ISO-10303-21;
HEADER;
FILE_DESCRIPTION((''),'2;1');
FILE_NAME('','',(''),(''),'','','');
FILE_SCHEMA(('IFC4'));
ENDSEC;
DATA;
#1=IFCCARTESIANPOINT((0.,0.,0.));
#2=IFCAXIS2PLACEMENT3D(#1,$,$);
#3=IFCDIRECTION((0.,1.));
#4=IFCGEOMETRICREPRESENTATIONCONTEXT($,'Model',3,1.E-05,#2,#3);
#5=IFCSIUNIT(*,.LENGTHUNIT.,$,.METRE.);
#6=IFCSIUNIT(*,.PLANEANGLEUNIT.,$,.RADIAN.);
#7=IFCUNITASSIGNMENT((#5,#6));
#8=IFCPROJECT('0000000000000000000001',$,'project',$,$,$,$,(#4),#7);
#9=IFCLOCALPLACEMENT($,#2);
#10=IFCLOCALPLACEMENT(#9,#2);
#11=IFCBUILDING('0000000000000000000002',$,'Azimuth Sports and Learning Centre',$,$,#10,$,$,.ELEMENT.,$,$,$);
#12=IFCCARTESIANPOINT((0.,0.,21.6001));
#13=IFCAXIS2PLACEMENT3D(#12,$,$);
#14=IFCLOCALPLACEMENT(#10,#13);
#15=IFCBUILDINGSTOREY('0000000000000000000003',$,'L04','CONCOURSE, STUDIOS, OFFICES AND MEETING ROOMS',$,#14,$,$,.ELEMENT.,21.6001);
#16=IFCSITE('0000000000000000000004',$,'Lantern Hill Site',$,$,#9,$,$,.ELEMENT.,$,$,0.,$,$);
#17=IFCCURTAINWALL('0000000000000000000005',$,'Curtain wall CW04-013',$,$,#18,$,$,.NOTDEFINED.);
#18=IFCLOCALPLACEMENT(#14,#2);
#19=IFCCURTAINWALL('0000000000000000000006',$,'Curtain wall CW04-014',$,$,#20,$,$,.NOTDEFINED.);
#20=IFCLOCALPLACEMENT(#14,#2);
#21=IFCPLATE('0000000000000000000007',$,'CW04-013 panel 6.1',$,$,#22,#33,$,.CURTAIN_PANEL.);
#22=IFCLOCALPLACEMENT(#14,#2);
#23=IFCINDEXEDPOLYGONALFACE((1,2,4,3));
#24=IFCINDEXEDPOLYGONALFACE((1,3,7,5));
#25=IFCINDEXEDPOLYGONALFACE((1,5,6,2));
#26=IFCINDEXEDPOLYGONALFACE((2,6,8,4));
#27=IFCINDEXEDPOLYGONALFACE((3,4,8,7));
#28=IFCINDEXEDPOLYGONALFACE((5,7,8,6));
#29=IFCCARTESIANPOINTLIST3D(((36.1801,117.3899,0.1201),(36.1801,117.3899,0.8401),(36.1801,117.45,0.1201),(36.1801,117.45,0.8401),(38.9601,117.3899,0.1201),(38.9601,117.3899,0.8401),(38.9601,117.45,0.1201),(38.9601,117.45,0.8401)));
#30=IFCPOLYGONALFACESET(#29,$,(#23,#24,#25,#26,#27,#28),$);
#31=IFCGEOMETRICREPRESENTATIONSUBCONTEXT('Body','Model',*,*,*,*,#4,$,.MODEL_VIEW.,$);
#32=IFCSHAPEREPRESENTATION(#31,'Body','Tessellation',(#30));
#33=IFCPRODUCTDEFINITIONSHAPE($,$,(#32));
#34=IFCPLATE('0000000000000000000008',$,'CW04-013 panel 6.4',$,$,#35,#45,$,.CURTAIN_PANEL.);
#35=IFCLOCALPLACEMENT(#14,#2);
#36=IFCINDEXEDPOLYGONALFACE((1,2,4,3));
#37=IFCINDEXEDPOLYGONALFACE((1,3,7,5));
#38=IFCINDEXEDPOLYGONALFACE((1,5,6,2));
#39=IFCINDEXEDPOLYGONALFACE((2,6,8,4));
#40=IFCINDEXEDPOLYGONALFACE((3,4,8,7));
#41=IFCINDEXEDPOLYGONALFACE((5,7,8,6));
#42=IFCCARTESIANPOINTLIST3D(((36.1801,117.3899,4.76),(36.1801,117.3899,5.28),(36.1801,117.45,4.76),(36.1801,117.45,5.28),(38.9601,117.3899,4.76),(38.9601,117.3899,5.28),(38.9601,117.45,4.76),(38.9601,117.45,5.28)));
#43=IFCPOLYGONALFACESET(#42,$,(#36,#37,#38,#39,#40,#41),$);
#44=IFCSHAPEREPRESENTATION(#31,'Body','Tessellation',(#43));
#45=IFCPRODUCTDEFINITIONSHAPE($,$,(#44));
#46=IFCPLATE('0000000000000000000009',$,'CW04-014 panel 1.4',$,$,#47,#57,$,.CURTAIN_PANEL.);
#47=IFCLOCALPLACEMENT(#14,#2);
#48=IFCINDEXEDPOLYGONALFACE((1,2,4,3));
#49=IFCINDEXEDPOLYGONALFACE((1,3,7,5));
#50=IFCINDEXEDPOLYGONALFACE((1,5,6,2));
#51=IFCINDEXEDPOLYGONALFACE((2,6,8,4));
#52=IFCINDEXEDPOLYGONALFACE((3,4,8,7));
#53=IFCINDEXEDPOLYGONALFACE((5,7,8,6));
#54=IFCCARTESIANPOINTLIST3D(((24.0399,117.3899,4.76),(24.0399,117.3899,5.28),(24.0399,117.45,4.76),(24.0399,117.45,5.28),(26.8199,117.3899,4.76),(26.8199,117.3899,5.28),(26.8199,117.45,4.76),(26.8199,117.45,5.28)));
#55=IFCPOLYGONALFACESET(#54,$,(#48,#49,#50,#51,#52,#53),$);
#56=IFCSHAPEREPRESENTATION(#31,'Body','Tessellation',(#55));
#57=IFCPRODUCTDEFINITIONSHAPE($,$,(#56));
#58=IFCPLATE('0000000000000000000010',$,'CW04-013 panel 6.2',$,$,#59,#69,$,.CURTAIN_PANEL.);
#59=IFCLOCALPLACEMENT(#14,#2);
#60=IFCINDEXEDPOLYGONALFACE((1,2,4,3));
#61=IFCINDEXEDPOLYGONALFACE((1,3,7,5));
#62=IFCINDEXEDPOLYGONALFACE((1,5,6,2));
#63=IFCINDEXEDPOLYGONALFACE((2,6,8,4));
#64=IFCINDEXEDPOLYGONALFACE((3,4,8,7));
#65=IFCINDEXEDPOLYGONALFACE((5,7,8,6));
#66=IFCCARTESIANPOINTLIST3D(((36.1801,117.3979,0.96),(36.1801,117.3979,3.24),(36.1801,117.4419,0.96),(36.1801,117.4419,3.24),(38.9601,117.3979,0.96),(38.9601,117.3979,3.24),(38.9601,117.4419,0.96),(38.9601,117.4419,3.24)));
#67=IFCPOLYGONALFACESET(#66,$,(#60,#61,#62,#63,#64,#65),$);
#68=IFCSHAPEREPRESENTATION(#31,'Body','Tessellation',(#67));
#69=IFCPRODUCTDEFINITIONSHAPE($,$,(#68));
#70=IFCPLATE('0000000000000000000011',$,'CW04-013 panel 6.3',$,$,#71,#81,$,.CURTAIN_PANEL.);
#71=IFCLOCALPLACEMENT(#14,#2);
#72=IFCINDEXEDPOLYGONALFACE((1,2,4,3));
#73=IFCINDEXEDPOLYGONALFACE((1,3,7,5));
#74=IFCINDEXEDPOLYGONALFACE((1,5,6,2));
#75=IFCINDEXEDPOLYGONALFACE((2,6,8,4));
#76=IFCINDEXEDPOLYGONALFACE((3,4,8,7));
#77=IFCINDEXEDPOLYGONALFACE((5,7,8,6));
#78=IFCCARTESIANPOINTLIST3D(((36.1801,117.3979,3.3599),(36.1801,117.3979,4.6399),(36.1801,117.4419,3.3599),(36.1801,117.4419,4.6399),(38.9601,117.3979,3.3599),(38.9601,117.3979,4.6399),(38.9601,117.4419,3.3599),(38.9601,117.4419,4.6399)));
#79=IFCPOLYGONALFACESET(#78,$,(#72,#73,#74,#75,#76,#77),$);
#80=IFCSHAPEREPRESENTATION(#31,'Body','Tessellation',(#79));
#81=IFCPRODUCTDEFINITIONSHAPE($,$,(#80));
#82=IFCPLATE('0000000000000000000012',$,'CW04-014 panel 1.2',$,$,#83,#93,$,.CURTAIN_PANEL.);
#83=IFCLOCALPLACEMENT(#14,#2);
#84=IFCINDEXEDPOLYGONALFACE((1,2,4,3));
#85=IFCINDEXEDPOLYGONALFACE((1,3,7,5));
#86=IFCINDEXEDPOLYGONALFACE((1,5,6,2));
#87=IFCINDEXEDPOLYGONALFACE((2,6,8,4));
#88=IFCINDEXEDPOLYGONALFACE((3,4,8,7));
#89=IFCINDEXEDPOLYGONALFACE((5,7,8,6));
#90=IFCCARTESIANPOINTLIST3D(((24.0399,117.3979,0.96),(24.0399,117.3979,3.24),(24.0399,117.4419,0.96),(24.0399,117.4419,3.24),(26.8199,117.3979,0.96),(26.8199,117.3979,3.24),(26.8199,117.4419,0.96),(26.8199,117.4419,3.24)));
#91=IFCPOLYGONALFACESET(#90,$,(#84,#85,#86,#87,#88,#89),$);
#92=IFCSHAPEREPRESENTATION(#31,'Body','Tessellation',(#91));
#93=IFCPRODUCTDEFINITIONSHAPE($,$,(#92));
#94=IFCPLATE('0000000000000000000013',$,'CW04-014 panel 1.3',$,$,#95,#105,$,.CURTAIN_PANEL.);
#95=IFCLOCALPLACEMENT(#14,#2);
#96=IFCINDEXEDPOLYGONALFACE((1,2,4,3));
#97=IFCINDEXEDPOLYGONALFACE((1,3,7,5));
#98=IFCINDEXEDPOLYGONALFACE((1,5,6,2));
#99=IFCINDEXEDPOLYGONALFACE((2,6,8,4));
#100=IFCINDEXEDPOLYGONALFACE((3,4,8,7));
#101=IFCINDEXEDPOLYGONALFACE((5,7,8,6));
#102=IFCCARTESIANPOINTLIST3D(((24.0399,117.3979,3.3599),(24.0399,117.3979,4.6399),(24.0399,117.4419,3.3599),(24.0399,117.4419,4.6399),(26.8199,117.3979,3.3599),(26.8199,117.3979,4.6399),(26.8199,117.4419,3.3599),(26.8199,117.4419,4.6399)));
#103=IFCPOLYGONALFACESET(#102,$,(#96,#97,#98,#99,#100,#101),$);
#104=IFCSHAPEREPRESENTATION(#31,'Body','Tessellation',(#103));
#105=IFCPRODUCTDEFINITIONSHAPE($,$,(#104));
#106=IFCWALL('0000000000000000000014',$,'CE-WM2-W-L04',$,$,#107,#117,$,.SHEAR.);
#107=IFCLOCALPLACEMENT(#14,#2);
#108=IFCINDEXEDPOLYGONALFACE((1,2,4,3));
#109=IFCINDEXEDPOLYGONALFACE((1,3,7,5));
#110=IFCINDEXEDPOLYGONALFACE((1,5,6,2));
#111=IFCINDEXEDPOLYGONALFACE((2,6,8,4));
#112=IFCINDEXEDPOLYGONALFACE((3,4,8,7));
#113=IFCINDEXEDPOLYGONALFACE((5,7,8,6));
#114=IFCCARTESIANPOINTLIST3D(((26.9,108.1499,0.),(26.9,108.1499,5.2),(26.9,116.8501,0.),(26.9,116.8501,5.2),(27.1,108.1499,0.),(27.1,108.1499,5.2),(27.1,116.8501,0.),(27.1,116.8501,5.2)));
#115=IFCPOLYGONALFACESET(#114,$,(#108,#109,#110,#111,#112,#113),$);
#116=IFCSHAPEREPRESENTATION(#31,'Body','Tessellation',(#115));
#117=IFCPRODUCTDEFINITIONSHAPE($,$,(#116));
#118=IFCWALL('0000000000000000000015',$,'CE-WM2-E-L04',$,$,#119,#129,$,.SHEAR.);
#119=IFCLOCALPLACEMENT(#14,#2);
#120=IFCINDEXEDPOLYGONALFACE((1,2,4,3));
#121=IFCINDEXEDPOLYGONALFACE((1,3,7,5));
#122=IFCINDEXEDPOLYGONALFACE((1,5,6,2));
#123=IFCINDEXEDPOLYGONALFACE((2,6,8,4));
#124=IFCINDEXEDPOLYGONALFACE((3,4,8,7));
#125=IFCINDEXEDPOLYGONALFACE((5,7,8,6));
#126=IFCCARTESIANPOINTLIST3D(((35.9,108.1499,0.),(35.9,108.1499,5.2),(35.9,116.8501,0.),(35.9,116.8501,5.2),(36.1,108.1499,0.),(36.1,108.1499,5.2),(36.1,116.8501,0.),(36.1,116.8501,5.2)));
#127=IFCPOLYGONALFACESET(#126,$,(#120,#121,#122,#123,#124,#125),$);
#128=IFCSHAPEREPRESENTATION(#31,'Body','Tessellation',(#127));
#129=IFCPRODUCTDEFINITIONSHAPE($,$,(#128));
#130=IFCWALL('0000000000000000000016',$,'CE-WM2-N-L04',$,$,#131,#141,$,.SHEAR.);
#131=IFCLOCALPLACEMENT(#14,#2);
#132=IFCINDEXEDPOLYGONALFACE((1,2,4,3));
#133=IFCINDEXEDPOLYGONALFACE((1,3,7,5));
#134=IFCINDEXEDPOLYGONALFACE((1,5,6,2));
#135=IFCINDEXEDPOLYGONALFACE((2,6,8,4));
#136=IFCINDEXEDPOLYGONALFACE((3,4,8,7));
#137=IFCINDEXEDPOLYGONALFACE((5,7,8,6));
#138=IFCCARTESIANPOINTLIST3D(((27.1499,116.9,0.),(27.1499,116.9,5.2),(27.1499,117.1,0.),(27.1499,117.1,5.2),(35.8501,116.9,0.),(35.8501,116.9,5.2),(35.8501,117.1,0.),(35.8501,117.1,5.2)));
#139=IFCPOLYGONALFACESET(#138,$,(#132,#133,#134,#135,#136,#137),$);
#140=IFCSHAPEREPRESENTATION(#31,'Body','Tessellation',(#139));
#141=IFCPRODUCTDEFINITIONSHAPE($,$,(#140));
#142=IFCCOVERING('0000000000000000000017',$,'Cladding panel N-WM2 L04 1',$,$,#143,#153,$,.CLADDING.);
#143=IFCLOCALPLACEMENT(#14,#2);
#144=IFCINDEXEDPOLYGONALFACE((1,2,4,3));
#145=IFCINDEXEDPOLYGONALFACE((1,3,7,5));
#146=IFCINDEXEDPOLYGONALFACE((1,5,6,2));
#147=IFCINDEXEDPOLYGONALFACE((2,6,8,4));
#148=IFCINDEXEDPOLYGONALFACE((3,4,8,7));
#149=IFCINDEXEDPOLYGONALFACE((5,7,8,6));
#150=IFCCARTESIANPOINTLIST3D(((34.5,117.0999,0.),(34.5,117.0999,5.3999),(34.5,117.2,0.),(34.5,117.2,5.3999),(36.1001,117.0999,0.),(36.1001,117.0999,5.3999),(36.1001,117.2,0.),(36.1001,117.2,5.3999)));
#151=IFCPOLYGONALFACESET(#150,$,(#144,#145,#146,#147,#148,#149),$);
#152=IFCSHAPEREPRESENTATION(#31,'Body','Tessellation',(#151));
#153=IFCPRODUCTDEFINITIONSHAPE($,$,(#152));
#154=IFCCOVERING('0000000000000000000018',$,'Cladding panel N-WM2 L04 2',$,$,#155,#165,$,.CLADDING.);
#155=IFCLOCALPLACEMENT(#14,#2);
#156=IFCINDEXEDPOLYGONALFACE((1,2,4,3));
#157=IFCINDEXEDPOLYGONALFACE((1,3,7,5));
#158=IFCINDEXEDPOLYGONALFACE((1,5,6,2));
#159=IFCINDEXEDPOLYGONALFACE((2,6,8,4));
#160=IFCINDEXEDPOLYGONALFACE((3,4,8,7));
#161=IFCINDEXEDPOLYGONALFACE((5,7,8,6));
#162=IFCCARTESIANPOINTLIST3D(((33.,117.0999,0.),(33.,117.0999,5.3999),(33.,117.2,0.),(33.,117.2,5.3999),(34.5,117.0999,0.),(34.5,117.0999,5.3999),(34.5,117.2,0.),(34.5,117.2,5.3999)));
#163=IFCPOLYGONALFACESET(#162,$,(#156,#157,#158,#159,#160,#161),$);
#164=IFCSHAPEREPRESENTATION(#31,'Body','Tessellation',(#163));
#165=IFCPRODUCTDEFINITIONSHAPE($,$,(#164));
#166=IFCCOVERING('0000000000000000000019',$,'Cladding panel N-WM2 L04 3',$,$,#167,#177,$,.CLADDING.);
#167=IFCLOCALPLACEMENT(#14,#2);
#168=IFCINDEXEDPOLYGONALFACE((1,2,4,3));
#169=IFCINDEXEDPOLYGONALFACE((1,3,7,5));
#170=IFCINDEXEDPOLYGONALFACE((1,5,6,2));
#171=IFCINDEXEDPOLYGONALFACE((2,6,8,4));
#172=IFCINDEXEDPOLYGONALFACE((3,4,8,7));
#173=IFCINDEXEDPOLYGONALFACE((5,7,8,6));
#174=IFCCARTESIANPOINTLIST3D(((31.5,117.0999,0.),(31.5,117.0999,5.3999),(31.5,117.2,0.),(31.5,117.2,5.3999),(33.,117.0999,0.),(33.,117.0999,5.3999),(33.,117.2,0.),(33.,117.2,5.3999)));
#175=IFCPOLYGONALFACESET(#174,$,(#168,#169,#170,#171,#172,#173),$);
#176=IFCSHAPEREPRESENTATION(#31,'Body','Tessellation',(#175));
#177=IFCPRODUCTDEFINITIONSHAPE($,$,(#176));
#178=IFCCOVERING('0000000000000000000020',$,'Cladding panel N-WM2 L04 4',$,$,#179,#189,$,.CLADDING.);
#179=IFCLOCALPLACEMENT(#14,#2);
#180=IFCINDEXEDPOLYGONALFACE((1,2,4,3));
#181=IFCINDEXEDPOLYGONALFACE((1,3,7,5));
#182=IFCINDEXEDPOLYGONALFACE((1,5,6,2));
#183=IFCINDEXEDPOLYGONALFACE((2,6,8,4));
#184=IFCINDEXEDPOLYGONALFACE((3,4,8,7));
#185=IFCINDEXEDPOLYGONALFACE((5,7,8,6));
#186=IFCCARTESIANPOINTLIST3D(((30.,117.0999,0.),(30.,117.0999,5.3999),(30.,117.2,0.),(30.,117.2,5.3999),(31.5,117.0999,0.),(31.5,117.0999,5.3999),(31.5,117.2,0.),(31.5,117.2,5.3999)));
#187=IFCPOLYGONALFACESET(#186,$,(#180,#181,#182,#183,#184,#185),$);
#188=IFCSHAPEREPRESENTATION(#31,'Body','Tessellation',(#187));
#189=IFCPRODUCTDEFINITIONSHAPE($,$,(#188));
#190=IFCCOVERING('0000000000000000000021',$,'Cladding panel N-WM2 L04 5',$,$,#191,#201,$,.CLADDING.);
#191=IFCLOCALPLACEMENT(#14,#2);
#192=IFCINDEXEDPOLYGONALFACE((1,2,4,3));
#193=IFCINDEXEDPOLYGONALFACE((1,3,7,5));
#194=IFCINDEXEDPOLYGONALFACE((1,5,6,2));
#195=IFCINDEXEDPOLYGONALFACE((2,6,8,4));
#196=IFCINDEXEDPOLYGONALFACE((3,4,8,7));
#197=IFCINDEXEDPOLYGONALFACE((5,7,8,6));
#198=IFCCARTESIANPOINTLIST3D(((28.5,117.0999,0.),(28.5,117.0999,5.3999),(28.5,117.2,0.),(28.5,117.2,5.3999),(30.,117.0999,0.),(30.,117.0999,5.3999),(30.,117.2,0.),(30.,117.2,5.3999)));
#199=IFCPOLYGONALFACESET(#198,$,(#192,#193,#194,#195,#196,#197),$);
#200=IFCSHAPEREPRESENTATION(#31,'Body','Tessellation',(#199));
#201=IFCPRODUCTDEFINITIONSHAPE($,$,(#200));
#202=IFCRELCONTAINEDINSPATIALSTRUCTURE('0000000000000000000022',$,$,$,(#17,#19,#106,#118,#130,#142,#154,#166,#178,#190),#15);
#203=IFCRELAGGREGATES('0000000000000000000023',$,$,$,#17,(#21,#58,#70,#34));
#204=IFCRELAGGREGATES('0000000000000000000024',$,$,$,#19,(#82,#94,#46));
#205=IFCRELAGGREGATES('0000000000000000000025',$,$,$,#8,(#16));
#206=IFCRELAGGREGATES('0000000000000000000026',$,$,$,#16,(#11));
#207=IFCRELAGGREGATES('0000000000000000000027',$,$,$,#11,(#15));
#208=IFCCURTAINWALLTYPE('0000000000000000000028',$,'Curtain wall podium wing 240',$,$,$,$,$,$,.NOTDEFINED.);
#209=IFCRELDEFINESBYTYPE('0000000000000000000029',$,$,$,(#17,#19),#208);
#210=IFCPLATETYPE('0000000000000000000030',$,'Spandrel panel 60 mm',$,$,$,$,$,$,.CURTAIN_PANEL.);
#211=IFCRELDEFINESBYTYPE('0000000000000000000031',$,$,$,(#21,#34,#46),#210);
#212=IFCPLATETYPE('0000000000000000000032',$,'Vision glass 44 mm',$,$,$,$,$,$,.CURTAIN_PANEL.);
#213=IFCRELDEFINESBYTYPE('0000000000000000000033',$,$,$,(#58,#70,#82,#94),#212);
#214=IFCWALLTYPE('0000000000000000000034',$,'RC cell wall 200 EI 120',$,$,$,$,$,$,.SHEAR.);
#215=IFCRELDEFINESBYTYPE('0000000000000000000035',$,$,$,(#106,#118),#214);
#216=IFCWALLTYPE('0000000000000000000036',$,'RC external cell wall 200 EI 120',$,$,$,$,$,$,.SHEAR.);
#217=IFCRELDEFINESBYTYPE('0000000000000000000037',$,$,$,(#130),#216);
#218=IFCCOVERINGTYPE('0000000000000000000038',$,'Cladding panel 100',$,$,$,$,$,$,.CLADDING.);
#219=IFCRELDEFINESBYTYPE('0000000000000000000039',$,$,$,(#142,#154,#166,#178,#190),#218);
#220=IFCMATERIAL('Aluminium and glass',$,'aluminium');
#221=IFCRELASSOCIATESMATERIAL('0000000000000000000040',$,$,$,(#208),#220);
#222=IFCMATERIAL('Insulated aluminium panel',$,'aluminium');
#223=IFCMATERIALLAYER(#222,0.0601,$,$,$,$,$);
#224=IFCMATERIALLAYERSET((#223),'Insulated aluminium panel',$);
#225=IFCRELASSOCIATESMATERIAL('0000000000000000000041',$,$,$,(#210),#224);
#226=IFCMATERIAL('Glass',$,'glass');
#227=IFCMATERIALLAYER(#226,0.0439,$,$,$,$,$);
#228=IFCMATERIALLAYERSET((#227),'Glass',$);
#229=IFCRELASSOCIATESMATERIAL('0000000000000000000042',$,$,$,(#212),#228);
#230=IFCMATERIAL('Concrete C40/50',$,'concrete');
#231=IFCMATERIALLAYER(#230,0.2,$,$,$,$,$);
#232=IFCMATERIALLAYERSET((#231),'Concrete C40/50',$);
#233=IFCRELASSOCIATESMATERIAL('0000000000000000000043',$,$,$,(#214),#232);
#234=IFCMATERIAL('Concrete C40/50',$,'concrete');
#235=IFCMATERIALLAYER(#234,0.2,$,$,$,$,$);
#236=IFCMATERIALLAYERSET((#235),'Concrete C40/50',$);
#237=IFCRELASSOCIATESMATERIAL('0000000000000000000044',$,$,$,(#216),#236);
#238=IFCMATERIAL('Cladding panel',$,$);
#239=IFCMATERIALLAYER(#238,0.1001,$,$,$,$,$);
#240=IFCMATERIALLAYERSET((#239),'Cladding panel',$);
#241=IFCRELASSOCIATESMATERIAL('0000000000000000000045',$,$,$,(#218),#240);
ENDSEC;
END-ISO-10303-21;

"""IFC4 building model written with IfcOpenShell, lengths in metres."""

from ifc_helpers import new_model, si_unit, direction, frame, frame_2d, origin, origin_2d, place, context, subcontext, project, spatial, rectangle, extrude, material, layer, layer_set, type_object, element, aggregate, save


model = new_model("IFC4")

# Units and contexts
model_context = context("Model", 3, precision=1e-05, world=origin(), true_north=direction((0.0, 1.0)))
body_context = subcontext(model_context, "Body", "Model", "MODEL_VIEW")
ifc_project = project(units=[si_unit("LENGTHUNIT", "METRE"), si_unit("PLANEANGLEUNIT", "RADIAN")], contexts=[model_context])

# Site, building, storey
site_placement = place(None, origin())
site = spatial("IfcSite", under=ifc_project, at=site_placement, Name="Lantern Hill Site", CompositionType="ELEMENT", RefElevation=0.0)
building_placement = place(site_placement, origin())
building = spatial("IfcBuilding", under=site, at=building_placement, Name="Azimuth Sports and Learning Centre", CompositionType="ELEMENT")
storey_placement = place(building_placement, frame((0.0, 0.0, 21.6001)))
storey = spatial("IfcBuildingStorey", under=building, at=storey_placement, Name="L04", Description="CONCOURSE, STUDIOS, OFFICES AND MEETING ROOMS", CompositionType="ELEMENT", Elevation=21.6001)

# Curtain wall
ifc_material_1 = material(Name="Aluminium and glass", Category="aluminium")
curtain_wall_type = type_object("IfcCurtainWallType", Name="Curtain wall podium wing 240", PredefinedType="NOTDEFINED", material=ifc_material_1)
curtain_wall_1_placement = place(storey_placement, origin())
curtain_wall_1 = element("IfcCurtainWall", 1, at=curtain_wall_1_placement, inside=storey, type_object=curtain_wall_type, Name="Curtain wall CW04-013", PredefinedType="NOTDEFINED")

# Curtain wall
curtain_wall_2_placement = place(storey_placement, origin())
curtain_wall_2 = element("IfcCurtainWall", 2, at=curtain_wall_2_placement, inside=storey, type_object=curtain_wall_type, Name="Curtain wall CW04-014", PredefinedType="NOTDEFINED")

# Plates
ifc_material_2 = material(Name="Insulated aluminium panel", Category="aluminium")
ifc_layer_1 = layer(ifc_material_2, 0.0601)
ifc_layer_set_1 = layer_set([ifc_layer_1], Name="Insulated aluminium panel")
plate_type_1 = type_object("IfcPlateType", Name="Spandrel panel 60 mm", PredefinedType="CURTAIN_PANEL", material=ifc_layer_set_1)
plate_1_placement = place(storey_placement, frame((37.5701, 117.4199, 0.1201), z_axis=(0.0, 0.0, 1.0), x_axis=(-1.0, 0.0, 0.0)))
plate_1 = element("IfcPlate", 3, at=plate_1_placement, type_object=plate_type_1, Name="CW04-013 panel 6.1", PredefinedType="CURTAIN_PANEL", context=body_context, shape_type="SweptSolid", body=[
    extrude(rectangle(XDim=2.78, YDim=0.0601, at=origin_2d()), origin(), (0.0, 0.0, 1.0), 0.72),
])
plate_2_placement = place(storey_placement, frame((37.5701, 117.4199, 4.76), z_axis=(0.0, 0.0, 1.0), x_axis=(-1.0, 0.0, 0.0)))
plate_2 = element("IfcPlate", 4, at=plate_2_placement, type_object=plate_type_1, Name="CW04-013 panel 6.4", PredefinedType="CURTAIN_PANEL", context=body_context, shape_type="SweptSolid", body=[
    extrude(rectangle(XDim=2.78, YDim=0.0601, at=origin_2d()), origin(), (0.0, 0.0, 1.0), 0.52),
])
plate_3_placement = place(storey_placement, frame((25.4299, 117.4199, 4.76), z_axis=(0.0, 0.0, 1.0), x_axis=(-1.0, 0.0, 0.0)))
plate_3 = element("IfcPlate", 5, at=plate_3_placement, type_object=plate_type_1, Name="CW04-014 panel 1.4", PredefinedType="CURTAIN_PANEL", context=body_context, shape_type="SweptSolid", body=[
    extrude(rectangle(XDim=2.78, YDim=0.0601, at=origin_2d()), origin(), (0.0, 0.0, 1.0), 0.52),
])
ifc_material_3 = material(Name="Glass", Category="glass")
ifc_layer_2 = layer(ifc_material_3, 0.0439)
ifc_layer_set_2 = layer_set([ifc_layer_2], Name="Glass")
plate_type_2 = type_object("IfcPlateType", Name="Vision glass 44 mm", PredefinedType="CURTAIN_PANEL", material=ifc_layer_set_2)
plate_4_placement = place(storey_placement, frame((37.5701, 117.4199, 0.96), z_axis=(0.0, 0.0, 1.0), x_axis=(-1.0, 0.0, 0.0)))
plate_4 = element("IfcPlate", 6, at=plate_4_placement, type_object=plate_type_2, Name="CW04-013 panel 6.2", PredefinedType="CURTAIN_PANEL", context=body_context, shape_type="SweptSolid", body=[
    extrude(rectangle(XDim=2.78, YDim=0.0439, at=origin_2d()), origin(), (0.0, 0.0, 1.0), 2.28),
])
plate_5_placement = place(storey_placement, frame((37.5701, 117.4199, 3.3599), z_axis=(0.0, 0.0, 1.0), x_axis=(-1.0, 0.0, 0.0)))
plate_5 = element("IfcPlate", 7, at=plate_5_placement, type_object=plate_type_2, Name="CW04-013 panel 6.3", PredefinedType="CURTAIN_PANEL", context=body_context, shape_type="SweptSolid", body=[
    extrude(rectangle(XDim=2.78, YDim=0.0439, at=origin_2d()), origin(), (0.0, 0.0, 1.0), 1.28),
])
aggregate(curtain_wall_1, [plate_1, plate_4, plate_5, plate_2])
plate_6_placement = place(storey_placement, frame((25.4299, 117.4199, 0.96), z_axis=(0.0, 0.0, 1.0), x_axis=(-1.0, 0.0, 0.0)))
plate_6 = element("IfcPlate", 8, at=plate_6_placement, type_object=plate_type_2, Name="CW04-014 panel 1.2", PredefinedType="CURTAIN_PANEL", context=body_context, shape_type="SweptSolid", body=[
    extrude(rectangle(XDim=2.78, YDim=0.0439, at=origin_2d()), origin(), (0.0, 0.0, 1.0), 2.28),
])
plate_7_placement = place(storey_placement, frame((25.4299, 117.4199, 3.3599), z_axis=(0.0, 0.0, 1.0), x_axis=(-1.0, 0.0, 0.0)))
plate_7 = element("IfcPlate", 9, at=plate_7_placement, type_object=plate_type_2, Name="CW04-014 panel 1.3", PredefinedType="CURTAIN_PANEL", context=body_context, shape_type="SweptSolid", body=[
    extrude(rectangle(XDim=2.78, YDim=0.0439, at=origin_2d()), origin(), (0.0, 0.0, 1.0), 1.28),
])
aggregate(curtain_wall_2, [plate_6, plate_7, plate_3])

# Walls
ifc_material_4 = material(Name="Concrete C40/50", Category="concrete")
ifc_layer_3 = layer(ifc_material_4, 0.2)
ifc_layer_set_3 = layer_set([ifc_layer_3], Name="Concrete C40/50")
wall_type_1 = type_object("IfcWallType", Name="RC cell wall 200 EI 120", PredefinedType="SHEAR", material=ifc_layer_set_3)
for number, where, z_axis, x_axis, name in (
    (10, (27.0, 108.1499, 0.0), (0.0, 0.0, 1.0), (0.0, 1.0, 0.0), "CE-WM2-W-L04"),
    (11, (36.0, 108.1499, 0.0), (0.0, 0.0, 1.0), (0.0, 1.0, 0.0), "CE-WM2-E-L04"),
):
    element("IfcWall", number, at=place(storey_placement, frame(where, z_axis=z_axis, x_axis=x_axis)), inside=storey, type_object=wall_type_1, Name=name, PredefinedType="SHEAR", context=body_context, shape_type="SweptSolid", body=[
        extrude(rectangle(XDim=8.7002, YDim=0.2, at=frame_2d((4.3501, 0.0))), origin(), (0.0, 0.0, 1.0), 5.2),
    ])
ifc_material_5 = material(Name="Concrete C40/50", Category="concrete")
ifc_layer_4 = layer(ifc_material_5, 0.2)
ifc_layer_set_4 = layer_set([ifc_layer_4], Name="Concrete C40/50")
wall_type_2 = type_object("IfcWallType", Name="RC external cell wall 200 EI 120", PredefinedType="SHEAR", material=ifc_layer_set_4)
wall_placement = place(storey_placement, frame((27.1499, 117.0, 0.0), z_axis=(0.0, 0.0, 1.0), x_axis=(1.0, 0.0, 0.0)))
element("IfcWall", 12, at=wall_placement, inside=storey, type_object=wall_type_2, Name="CE-WM2-N-L04", PredefinedType="SHEAR", context=body_context, shape_type="SweptSolid", body=[
    extrude(rectangle(XDim=8.7002, YDim=0.2, at=frame_2d((4.3501, 0.0))), origin(), (0.0, 0.0, 1.0), 5.2),
])

# Coverings
ifc_material_6 = material(Name="Cladding panel")
ifc_layer_5 = layer(ifc_material_6, 0.1001)
ifc_layer_set_5 = layer_set([ifc_layer_5], Name="Cladding panel")
covering_type = type_object("IfcCoveringType", Name="Cladding panel 100", PredefinedType="CLADDING", material=ifc_layer_set_5)
covering_1_placement = place(storey_placement, frame((35.3, 117.1499, 0.0), z_axis=(0.0, 0.0, 1.0), x_axis=(-1.0, 0.0, 0.0)))
element("IfcCovering", 13, at=covering_1_placement, inside=storey, type_object=covering_type, Name="Cladding panel N-WM2 L04 1", PredefinedType="CLADDING", context=body_context, shape_type="SweptSolid", body=[
    extrude(rectangle(XDim=1.6001, YDim=0.1001, at=origin_2d()), origin(), (0.0, 0.0, 1.0), 5.3999),
])
for number, where, z_axis, x_axis, name in (
    (14, (33.75, 117.1499, 0.0), (0.0, 0.0, 1.0), (-1.0, 0.0, 0.0), "Cladding panel N-WM2 L04 2"),
    (15, (32.25, 117.1499, 0.0), (0.0, 0.0, 1.0), (-1.0, 0.0, 0.0), "Cladding panel N-WM2 L04 3"),
    (16, (30.75, 117.1499, 0.0), (0.0, 0.0, 1.0), (-1.0, 0.0, 0.0), "Cladding panel N-WM2 L04 4"),
    (17, (29.25, 117.1499, 0.0), (0.0, 0.0, 1.0), (-1.0, 0.0, 0.0), "Cladding panel N-WM2 L04 5"),
):
    element("IfcCovering", number, at=place(storey_placement, frame(where, z_axis=z_axis, x_axis=x_axis)), inside=storey, type_object=covering_type, Name=name, PredefinedType="CLADDING", context=body_context, shape_type="SweptSolid", body=[
        extrude(rectangle(XDim=1.5, YDim=0.1001, at=origin_2d()), origin(), (0.0, 0.0, 1.0), 5.3999),
    ])

save(model, "model.ifc")
